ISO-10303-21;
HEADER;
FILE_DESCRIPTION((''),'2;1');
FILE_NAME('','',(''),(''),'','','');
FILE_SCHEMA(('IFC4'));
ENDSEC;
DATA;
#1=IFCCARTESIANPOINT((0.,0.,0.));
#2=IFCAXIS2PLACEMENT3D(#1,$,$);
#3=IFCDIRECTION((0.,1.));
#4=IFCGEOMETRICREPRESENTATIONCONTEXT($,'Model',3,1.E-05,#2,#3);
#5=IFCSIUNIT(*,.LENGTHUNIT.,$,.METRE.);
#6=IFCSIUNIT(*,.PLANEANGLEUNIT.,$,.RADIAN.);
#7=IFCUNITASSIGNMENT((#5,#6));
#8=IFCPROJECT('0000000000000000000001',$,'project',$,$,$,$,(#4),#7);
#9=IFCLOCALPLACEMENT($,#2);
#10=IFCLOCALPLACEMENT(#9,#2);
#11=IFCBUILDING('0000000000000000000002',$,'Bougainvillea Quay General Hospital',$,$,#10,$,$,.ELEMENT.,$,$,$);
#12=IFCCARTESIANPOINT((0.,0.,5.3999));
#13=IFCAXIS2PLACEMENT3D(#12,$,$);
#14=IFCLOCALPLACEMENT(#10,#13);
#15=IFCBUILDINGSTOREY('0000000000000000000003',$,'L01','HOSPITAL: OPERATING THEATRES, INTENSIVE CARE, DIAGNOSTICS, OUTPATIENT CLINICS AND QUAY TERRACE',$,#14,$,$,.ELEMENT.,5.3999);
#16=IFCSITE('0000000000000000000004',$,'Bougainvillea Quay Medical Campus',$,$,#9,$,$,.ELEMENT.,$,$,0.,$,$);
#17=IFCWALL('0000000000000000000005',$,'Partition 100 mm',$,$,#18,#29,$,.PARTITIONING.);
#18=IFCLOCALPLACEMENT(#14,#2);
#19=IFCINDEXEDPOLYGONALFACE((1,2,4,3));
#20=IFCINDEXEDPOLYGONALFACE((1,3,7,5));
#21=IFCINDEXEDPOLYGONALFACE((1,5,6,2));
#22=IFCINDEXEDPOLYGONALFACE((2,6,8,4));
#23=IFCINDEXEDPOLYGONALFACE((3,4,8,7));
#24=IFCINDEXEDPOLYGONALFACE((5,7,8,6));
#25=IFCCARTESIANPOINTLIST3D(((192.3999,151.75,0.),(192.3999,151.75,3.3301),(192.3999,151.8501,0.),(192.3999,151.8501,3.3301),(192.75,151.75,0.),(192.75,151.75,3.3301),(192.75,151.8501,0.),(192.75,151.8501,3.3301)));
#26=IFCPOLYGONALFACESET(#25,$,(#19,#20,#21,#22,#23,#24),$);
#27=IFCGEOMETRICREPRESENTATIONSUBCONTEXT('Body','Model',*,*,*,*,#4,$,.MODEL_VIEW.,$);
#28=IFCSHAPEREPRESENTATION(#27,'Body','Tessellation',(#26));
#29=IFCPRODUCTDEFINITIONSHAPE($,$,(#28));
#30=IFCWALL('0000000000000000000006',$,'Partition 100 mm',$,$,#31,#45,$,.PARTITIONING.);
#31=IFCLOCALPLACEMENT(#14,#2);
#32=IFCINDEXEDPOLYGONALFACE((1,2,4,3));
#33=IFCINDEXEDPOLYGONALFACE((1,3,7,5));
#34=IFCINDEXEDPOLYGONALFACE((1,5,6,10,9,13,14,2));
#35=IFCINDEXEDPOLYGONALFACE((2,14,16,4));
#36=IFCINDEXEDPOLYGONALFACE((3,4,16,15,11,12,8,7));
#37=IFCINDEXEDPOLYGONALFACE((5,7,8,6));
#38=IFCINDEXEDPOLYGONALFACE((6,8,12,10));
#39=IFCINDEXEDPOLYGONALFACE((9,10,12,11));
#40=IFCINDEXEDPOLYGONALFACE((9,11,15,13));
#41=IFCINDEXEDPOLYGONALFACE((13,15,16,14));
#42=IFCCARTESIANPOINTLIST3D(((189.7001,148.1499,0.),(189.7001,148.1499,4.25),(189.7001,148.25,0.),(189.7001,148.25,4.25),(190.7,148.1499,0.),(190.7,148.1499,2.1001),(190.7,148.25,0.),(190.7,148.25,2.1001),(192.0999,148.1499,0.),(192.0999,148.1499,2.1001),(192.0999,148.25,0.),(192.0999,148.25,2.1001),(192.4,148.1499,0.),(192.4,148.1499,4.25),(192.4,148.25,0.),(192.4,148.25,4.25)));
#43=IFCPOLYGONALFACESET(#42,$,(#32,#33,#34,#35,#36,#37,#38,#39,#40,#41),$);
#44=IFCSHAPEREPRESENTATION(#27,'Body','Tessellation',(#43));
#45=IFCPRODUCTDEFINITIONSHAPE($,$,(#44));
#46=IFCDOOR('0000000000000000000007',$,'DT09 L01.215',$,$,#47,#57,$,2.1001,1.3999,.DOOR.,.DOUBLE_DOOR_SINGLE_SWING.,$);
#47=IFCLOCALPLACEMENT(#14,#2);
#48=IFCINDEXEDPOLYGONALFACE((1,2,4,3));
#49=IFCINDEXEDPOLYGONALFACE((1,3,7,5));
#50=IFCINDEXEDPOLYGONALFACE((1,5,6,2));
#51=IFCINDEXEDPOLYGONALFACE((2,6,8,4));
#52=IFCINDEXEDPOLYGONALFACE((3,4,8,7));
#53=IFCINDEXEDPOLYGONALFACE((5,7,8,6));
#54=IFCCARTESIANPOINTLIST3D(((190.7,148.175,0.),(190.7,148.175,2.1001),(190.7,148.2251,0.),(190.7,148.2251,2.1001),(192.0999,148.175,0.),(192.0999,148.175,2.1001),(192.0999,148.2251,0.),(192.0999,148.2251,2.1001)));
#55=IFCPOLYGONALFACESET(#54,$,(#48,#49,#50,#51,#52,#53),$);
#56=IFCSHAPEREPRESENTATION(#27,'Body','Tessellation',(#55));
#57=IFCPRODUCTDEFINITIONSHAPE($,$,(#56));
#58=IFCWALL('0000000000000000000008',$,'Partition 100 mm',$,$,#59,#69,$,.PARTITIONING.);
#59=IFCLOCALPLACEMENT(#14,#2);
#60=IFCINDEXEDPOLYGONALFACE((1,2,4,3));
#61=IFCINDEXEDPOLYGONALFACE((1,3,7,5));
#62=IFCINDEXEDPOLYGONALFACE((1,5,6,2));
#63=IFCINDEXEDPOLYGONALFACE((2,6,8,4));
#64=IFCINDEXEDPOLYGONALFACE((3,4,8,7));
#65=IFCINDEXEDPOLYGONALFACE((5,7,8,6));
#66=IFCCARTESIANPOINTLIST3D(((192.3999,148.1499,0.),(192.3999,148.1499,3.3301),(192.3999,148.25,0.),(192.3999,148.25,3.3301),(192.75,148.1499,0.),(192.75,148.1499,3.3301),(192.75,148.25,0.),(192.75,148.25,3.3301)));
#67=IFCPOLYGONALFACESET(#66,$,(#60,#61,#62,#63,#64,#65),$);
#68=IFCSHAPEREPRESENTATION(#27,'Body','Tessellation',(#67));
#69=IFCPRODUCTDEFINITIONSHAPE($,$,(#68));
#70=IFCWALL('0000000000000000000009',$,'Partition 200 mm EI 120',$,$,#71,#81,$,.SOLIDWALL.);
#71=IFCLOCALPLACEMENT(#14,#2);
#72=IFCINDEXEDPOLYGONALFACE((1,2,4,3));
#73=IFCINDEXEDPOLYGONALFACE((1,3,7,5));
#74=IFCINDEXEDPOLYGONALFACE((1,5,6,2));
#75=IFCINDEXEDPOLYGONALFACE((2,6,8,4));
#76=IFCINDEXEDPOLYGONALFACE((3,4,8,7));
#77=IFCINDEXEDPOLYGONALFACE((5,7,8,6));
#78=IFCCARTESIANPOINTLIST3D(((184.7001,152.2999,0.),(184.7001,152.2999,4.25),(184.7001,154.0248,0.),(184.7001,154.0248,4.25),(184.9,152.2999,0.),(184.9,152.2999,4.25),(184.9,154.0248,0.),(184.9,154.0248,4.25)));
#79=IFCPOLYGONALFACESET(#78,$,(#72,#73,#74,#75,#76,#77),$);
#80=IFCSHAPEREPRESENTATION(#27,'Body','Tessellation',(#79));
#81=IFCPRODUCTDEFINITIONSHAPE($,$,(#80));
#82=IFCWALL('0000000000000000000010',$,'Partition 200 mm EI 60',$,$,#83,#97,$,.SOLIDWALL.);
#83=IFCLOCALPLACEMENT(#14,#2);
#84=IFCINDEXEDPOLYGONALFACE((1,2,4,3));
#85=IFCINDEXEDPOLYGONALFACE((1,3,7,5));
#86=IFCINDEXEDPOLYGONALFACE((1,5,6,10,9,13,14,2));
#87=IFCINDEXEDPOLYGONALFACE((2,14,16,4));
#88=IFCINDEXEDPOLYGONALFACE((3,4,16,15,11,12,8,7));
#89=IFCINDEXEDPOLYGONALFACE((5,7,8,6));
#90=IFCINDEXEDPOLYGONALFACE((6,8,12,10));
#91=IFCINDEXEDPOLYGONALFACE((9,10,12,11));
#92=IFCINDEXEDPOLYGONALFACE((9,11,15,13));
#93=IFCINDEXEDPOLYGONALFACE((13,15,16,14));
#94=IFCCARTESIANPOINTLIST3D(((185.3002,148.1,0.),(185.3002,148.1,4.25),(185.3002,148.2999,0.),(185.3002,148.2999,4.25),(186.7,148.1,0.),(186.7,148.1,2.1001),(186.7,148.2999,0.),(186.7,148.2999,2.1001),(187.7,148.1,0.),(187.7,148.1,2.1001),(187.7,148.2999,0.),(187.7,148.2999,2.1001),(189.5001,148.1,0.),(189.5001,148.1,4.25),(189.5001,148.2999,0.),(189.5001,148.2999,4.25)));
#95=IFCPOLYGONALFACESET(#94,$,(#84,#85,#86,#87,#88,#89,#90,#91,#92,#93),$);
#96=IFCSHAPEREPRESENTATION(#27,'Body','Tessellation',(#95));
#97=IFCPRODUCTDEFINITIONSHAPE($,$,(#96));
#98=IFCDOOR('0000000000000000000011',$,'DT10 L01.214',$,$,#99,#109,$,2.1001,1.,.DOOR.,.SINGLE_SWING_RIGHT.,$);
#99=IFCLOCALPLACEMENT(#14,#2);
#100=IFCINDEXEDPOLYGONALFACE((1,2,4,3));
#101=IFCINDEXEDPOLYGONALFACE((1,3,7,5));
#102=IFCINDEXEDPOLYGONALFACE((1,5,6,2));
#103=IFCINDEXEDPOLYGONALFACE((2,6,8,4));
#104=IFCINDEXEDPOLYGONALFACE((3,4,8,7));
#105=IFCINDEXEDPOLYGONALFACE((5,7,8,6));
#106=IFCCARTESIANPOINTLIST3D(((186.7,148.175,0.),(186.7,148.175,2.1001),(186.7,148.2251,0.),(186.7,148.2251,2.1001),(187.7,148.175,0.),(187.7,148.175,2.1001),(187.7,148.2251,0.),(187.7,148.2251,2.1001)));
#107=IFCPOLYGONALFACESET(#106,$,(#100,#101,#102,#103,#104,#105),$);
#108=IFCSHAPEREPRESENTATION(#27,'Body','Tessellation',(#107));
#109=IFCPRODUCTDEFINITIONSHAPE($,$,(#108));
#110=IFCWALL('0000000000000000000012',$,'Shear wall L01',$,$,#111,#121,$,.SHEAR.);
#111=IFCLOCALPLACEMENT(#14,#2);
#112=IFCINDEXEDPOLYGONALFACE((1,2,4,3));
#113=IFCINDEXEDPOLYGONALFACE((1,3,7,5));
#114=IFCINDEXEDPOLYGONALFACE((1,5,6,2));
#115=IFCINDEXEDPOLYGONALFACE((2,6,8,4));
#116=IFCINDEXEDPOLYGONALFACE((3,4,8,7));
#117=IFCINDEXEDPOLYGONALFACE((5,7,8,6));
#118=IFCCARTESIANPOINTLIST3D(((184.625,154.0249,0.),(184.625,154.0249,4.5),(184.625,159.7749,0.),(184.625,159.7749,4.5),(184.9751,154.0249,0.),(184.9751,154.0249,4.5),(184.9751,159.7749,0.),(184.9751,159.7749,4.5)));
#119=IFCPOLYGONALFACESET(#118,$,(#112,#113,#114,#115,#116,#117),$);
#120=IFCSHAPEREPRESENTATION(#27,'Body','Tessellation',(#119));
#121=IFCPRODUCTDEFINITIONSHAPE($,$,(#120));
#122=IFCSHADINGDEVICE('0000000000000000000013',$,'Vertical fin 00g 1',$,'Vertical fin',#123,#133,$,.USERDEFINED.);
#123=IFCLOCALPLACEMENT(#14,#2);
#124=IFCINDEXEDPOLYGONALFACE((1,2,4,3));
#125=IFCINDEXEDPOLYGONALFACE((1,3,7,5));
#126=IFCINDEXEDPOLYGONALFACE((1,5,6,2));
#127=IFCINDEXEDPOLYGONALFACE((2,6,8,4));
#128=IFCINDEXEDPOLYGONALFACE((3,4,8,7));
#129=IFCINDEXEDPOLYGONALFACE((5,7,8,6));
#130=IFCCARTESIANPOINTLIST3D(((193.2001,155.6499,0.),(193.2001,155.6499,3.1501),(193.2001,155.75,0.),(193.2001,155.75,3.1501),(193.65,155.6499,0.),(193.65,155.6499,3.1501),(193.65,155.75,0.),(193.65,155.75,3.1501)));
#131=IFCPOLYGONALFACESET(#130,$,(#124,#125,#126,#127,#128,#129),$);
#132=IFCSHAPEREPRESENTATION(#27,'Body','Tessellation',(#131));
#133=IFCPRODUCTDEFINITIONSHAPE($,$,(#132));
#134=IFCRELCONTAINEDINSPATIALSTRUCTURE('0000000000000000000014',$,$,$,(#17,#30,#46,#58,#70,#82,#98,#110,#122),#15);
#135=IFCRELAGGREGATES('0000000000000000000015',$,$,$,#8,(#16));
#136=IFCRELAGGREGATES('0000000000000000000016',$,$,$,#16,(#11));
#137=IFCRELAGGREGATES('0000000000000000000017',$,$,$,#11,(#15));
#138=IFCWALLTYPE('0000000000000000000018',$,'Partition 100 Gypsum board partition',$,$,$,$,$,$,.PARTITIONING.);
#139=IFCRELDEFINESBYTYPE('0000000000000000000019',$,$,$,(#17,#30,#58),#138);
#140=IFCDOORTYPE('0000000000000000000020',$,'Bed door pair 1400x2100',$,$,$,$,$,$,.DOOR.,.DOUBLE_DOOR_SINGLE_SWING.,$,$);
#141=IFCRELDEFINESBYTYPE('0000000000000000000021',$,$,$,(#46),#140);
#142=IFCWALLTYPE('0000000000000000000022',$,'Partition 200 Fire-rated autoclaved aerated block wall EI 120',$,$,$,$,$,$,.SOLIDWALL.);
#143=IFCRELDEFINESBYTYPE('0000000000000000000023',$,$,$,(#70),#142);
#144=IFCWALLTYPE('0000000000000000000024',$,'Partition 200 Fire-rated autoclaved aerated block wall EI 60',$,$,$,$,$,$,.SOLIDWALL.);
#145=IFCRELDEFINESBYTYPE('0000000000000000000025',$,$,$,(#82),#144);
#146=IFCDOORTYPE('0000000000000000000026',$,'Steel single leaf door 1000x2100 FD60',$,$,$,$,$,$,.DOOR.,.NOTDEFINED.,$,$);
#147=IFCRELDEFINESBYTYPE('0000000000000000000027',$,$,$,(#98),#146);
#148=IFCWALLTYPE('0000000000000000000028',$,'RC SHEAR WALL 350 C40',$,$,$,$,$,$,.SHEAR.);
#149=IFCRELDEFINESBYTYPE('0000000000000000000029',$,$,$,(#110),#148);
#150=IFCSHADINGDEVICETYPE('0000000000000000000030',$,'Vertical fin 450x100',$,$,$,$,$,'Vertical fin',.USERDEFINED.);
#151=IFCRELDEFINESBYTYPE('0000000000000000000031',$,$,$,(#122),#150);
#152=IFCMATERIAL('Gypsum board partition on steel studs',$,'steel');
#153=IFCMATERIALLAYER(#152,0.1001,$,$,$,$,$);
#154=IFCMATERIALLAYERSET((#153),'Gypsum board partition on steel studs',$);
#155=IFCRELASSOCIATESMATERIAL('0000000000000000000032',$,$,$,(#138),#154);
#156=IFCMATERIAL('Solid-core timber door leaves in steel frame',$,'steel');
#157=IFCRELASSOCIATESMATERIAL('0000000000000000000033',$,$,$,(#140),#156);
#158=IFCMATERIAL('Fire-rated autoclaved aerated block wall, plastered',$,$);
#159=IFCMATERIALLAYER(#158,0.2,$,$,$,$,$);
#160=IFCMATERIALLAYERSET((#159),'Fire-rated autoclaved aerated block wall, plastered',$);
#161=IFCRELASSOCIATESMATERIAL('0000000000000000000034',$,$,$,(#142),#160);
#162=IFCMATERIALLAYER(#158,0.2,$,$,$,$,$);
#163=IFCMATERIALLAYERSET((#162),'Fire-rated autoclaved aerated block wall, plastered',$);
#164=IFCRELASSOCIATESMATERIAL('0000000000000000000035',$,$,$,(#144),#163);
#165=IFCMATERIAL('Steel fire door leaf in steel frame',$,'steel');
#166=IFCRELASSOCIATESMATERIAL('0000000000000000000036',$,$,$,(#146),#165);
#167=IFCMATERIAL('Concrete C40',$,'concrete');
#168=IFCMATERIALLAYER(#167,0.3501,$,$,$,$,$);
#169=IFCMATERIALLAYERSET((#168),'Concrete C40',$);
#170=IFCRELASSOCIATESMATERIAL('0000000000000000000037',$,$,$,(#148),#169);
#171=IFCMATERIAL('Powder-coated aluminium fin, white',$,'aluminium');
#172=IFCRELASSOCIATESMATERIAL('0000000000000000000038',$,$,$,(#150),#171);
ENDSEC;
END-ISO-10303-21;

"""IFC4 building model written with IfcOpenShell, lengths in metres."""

from ifc_helpers import new_model, si_unit, direction, frame, frame_2d, origin, origin_2d, place, context, subcontext, project, spatial, rectangle, extrude, material, layer, layer_set, material_profile, profile_set, type_object, element, fill, save


model = new_model("IFC4")

# Units and contexts
model_context = context("Model", 3, precision=1e-05, world=origin(), true_north=direction((0.0, 1.0)))
body_context = subcontext(model_context, "Body", "Model", "MODEL_VIEW")
ifc_project = project(units=[si_unit("LENGTHUNIT", "METRE"), si_unit("PLANEANGLEUNIT", "RADIAN")], contexts=[model_context])

# Site, building, storey
site_placement = place(None, origin())
site = spatial("IfcSite", under=ifc_project, at=site_placement, Name="Bougainvillea Quay Medical Campus", CompositionType="ELEMENT", RefElevation=0.0)
building_placement = place(site_placement, origin())
building = spatial("IfcBuilding", under=site, at=building_placement, Name="Bougainvillea Quay General Hospital", CompositionType="ELEMENT")
storey_placement = place(building_placement, frame((0.0, 0.0, 5.3999)))
storey = spatial("IfcBuildingStorey", under=building, at=storey_placement, Name="L01", Description="HOSPITAL: OPERATING THEATRES, INTENSIVE CARE, DIAGNOSTICS, OUTPATIENT CLINICS AND QUAY TERRACE", CompositionType="ELEMENT", Elevation=5.3999)

# Shared definitions
ifc_material_1 = material(Name="Concrete C40", Category="concrete")

# Shared definitions
ifc_material_2 = material(Name="Gypsum board partition on steel studs", Category="steel")
ifc_layer_1 = layer(ifc_material_2, 0.1001)
ifc_layer_set_1 = layer_set([ifc_layer_1], Name="Gypsum board partition on steel studs")
wall_type_1 = type_object("IfcWallType", Name="Partition 100 Gypsum board partition", PredefinedType="PARTITIONING", material=ifc_layer_set_1)
ifc_material_3 = material(Name="Solid-core timber door leaves in steel frame", Category="steel")
door_type_1 = type_object("IfcDoorType", Name="Bed door pair 1400x2100", OperationType="DOUBLE_DOOR_SINGLE_SWING", PredefinedType="DOOR", material=ifc_material_3)

# Wall
wall_1_placement = place(storey_placement, frame((192.3999, 151.8, 0.0), z_axis=(0.0, 0.0, 1.0), x_axis=(1.0, 0.0, 0.0)))
element("IfcWall", 1, at=wall_1_placement, inside=storey, type_object=wall_type_1, Name="Partition 100 mm", PredefinedType="PARTITIONING", context=body_context, shape_type="SweptSolid", body=[
    extrude(rectangle(XDim=0.3501, YDim=0.1001, at=frame_2d((0.175, 0.0))), origin(), (0.0, 0.0, 1.0), 3.3301),
])

# Wall, opening, door
wall_2_placement = place(storey_placement, frame((189.7, 148.2, 0.0), z_axis=(0.0, 0.0, 1.0), x_axis=(1.0, 0.0, 0.0)))
wall_2 = element("IfcWall", 2, at=wall_2_placement, inside=storey, type_object=wall_type_1, Name="Partition 100 mm", PredefinedType="PARTITIONING", context=body_context, shape_type="SweptSolid", body=[
    extrude(rectangle(XDim=2.7, YDim=0.1001, at=frame_2d((1.3501, 0.0))), origin(), (0.0, 0.0, 1.0), 4.25),
])
opening_1_placement = place(wall_2_placement, frame((1.0, 0.0, 0.0)))
opening_1 = element("IfcOpeningElement", 3, at=opening_1_placement, cuts=wall_2, PredefinedType="OPENING", context=body_context, shape_type="SweptSolid", body=[
    extrude(rectangle(XDim=1.3999, YDim=2.1001, at=frame_2d((0.7, 1.05))), frame((0.0, 0.0601, 0.0), z_axis=(0.0, -1.0, 0.0), x_axis=(1.0, 0.0, 0.0)), (0.0, 0.0, 1.0), 0.1201),
])
door_1_placement = place(opening_1_placement, frame((1.3999, 0.0, 0.0), z_axis=(0.0, 0.0, 1.0), x_axis=(-1.0, 0.0, 0.0)))
door_1 = element("IfcDoor", 4, at=door_1_placement, inside=storey, type_object=door_type_1, Name="DT09 L01.215", OperationType="DOUBLE_DOOR_SINGLE_SWING", OverallHeight=2.1001, OverallWidth=1.3999, PredefinedType="DOOR", context=body_context, shape_type="SweptSolid", body=[
    extrude(rectangle(XDim=1.3999, YDim=2.1001, at=frame_2d((0.7, 1.05))), frame((0.0, 0.0249, 0.0), z_axis=(0.0, -1.0, 0.0), x_axis=(1.0, 0.0, 0.0)), (0.0, 0.0, 1.0), 0.05),
])
fill(opening_1, door_1)

# Walls
wall_3_placement = place(storey_placement, frame((192.3999, 148.2, 0.0), z_axis=(0.0, 0.0, 1.0), x_axis=(1.0, 0.0, 0.0)))
element("IfcWall", 5, at=wall_3_placement, inside=storey, type_object=wall_type_1, Name="Partition 100 mm", PredefinedType="PARTITIONING", context=body_context, shape_type="SweptSolid", body=[
    extrude(rectangle(XDim=0.3501, YDim=0.1001, at=frame_2d((0.175, 0.0))), origin(), (0.0, 0.0, 1.0), 3.3301),
])
ifc_material_4 = material(Name="Fire-rated autoclaved aerated block wall, plastered")
ifc_layer_2 = layer(ifc_material_4, 0.2)
ifc_layer_set_2 = layer_set([ifc_layer_2], Name="Fire-rated autoclaved aerated block wall, plastered")
wall_type_2 = type_object("IfcWallType", Name="Partition 200 Fire-rated autoclaved aerated block wall EI 120", PredefinedType="SOLIDWALL", material=ifc_layer_set_2)
wall_4_placement = place(storey_placement, frame((184.8, 152.3, 0.0), z_axis=(0.0, 0.0, 1.0), x_axis=(0.0, 1.0, 0.0)))
element("IfcWall", 6, at=wall_4_placement, inside=storey, type_object=wall_type_2, Name="Partition 200 mm EI 120", PredefinedType="SOLIDWALL", context=body_context, shape_type="SweptSolid", body=[
    extrude(rectangle(XDim=1.7249, YDim=0.2, at=frame_2d((0.8623, 0.0))), origin(), (0.0, 0.0, 1.0), 4.25),
])

# Wall, opening, door
ifc_layer_3 = layer(ifc_material_4, 0.2)
ifc_layer_set_3 = layer_set([ifc_layer_3], Name="Fire-rated autoclaved aerated block wall, plastered")
wall_type_3 = type_object("IfcWallType", Name="Partition 200 Fire-rated autoclaved aerated block wall EI 60", PredefinedType="SOLIDWALL", material=ifc_layer_set_3)
wall_5_placement = place(storey_placement, frame((185.3, 148.2, 0.0), z_axis=(0.0, 0.0, 1.0), x_axis=(1.0, 0.0, 0.0)))
wall_5 = element("IfcWall", 7, at=wall_5_placement, inside=storey, type_object=wall_type_3, Name="Partition 200 mm EI 60", PredefinedType="SOLIDWALL", context=body_context, shape_type="SweptSolid", body=[
    extrude(rectangle(XDim=4.2, YDim=0.2, at=frame_2d((2.1001, 0.0))), origin(), (0.0, 0.0, 1.0), 4.25),
])
opening_2_placement = place(wall_5_placement, frame((1.3999, 0.0, 0.0)))
opening_2 = element("IfcOpeningElement", 8, at=opening_2_placement, cuts=wall_5, PredefinedType="OPENING", context=body_context, shape_type="SweptSolid", body=[
    extrude(rectangle(XDim=1.0, YDim=2.1001, at=frame_2d((0.5, 1.05))), frame((0.0, 0.1099, 0.0), z_axis=(0.0, -1.0, 0.0), x_axis=(1.0, 0.0, 0.0)), (0.0, 0.0, 1.0), 0.22),
])
ifc_material_5 = material(Name="Steel fire door leaf in steel frame", Category="steel")
door_type_2 = type_object("IfcDoorType", Name="Steel single leaf door 1000x2100 FD60", OperationType="NOTDEFINED", PredefinedType="DOOR", material=ifc_material_5)
door_2_placement = place(opening_2_placement, frame((1.0, 0.0, 0.0), z_axis=(0.0, 0.0, 1.0), x_axis=(-1.0, 0.0, 0.0)))
door_2 = element("IfcDoor", 9, at=door_2_placement, inside=storey, type_object=door_type_2, Name="DT10 L01.214", OperationType="SINGLE_SWING_RIGHT", OverallHeight=2.1001, OverallWidth=1.0, PredefinedType="DOOR", context=body_context, shape_type="SweptSolid", body=[
    extrude(rectangle(XDim=1.0, YDim=2.1001, at=frame_2d((0.5, 1.05))), frame((0.0, 0.0249, 0.0), z_axis=(0.0, -1.0, 0.0), x_axis=(1.0, 0.0, 0.0)), (0.0, 0.0, 1.0), 0.05),
])
fill(opening_2, door_2)

# Wall
ifc_layer_4 = layer(ifc_material_1, 0.3501)
ifc_layer_set_4 = layer_set([ifc_layer_4], Name="Concrete C40")
wall_type_4 = type_object("IfcWallType", Name="RC SHEAR WALL 350 C40", PredefinedType="SHEAR", material=ifc_layer_set_4)
wall_6_placement = place(storey_placement, frame((184.8, 154.0249, 0.0), z_axis=(0.0, 0.0, 1.0), x_axis=(0.0, 1.0, 0.0)))
element("IfcWall", 10, at=wall_6_placement, inside=storey, type_object=wall_type_4, Name="Shear wall L01", PredefinedType="SHEAR", context=body_context, shape_type="SweptSolid", body=[
    extrude(rectangle(XDim=5.75, YDim=0.3501, at=frame_2d((2.875, 0.0))), origin(), (0.0, 0.0, 1.0), 4.5),
])

# Shading device
ifc_material_6 = material(Name="Powder-coated aluminium fin, white", Category="aluminium")
ifc_material_profile_1 = material_profile(ifc_material_6, rectangle(XDim=0.45, YDim=0.1001, at=origin_2d()))
ifc_profile_set_1 = profile_set([ifc_material_profile_1], Name="Powder-coated aluminium fin, white")
shading_device_type = type_object("IfcShadingDeviceType", Name="Vertical fin 450x100", ElementType="Vertical fin", PredefinedType="USERDEFINED", material=ifc_profile_set_1)
shading_device_placement = place(storey_placement, frame((193.425, 155.7, 0.0), z_axis=(0.0, 0.0, 1.0), x_axis=(1.0, 0.0, 0.0)))
element("IfcShadingDevice", 11, at=shading_device_placement, inside=storey, type_object=shading_device_type, Name="Vertical fin 00g 1", ObjectType="Vertical fin", PredefinedType="USERDEFINED", context=body_context, shape_type="SweptSolid", body=[
    extrude(rectangle(XDim=0.45, YDim=0.1001, at=origin_2d()), origin(), (0.0, 0.0, 1.0), 3.1501),
])

save(model, "model.ifc")
